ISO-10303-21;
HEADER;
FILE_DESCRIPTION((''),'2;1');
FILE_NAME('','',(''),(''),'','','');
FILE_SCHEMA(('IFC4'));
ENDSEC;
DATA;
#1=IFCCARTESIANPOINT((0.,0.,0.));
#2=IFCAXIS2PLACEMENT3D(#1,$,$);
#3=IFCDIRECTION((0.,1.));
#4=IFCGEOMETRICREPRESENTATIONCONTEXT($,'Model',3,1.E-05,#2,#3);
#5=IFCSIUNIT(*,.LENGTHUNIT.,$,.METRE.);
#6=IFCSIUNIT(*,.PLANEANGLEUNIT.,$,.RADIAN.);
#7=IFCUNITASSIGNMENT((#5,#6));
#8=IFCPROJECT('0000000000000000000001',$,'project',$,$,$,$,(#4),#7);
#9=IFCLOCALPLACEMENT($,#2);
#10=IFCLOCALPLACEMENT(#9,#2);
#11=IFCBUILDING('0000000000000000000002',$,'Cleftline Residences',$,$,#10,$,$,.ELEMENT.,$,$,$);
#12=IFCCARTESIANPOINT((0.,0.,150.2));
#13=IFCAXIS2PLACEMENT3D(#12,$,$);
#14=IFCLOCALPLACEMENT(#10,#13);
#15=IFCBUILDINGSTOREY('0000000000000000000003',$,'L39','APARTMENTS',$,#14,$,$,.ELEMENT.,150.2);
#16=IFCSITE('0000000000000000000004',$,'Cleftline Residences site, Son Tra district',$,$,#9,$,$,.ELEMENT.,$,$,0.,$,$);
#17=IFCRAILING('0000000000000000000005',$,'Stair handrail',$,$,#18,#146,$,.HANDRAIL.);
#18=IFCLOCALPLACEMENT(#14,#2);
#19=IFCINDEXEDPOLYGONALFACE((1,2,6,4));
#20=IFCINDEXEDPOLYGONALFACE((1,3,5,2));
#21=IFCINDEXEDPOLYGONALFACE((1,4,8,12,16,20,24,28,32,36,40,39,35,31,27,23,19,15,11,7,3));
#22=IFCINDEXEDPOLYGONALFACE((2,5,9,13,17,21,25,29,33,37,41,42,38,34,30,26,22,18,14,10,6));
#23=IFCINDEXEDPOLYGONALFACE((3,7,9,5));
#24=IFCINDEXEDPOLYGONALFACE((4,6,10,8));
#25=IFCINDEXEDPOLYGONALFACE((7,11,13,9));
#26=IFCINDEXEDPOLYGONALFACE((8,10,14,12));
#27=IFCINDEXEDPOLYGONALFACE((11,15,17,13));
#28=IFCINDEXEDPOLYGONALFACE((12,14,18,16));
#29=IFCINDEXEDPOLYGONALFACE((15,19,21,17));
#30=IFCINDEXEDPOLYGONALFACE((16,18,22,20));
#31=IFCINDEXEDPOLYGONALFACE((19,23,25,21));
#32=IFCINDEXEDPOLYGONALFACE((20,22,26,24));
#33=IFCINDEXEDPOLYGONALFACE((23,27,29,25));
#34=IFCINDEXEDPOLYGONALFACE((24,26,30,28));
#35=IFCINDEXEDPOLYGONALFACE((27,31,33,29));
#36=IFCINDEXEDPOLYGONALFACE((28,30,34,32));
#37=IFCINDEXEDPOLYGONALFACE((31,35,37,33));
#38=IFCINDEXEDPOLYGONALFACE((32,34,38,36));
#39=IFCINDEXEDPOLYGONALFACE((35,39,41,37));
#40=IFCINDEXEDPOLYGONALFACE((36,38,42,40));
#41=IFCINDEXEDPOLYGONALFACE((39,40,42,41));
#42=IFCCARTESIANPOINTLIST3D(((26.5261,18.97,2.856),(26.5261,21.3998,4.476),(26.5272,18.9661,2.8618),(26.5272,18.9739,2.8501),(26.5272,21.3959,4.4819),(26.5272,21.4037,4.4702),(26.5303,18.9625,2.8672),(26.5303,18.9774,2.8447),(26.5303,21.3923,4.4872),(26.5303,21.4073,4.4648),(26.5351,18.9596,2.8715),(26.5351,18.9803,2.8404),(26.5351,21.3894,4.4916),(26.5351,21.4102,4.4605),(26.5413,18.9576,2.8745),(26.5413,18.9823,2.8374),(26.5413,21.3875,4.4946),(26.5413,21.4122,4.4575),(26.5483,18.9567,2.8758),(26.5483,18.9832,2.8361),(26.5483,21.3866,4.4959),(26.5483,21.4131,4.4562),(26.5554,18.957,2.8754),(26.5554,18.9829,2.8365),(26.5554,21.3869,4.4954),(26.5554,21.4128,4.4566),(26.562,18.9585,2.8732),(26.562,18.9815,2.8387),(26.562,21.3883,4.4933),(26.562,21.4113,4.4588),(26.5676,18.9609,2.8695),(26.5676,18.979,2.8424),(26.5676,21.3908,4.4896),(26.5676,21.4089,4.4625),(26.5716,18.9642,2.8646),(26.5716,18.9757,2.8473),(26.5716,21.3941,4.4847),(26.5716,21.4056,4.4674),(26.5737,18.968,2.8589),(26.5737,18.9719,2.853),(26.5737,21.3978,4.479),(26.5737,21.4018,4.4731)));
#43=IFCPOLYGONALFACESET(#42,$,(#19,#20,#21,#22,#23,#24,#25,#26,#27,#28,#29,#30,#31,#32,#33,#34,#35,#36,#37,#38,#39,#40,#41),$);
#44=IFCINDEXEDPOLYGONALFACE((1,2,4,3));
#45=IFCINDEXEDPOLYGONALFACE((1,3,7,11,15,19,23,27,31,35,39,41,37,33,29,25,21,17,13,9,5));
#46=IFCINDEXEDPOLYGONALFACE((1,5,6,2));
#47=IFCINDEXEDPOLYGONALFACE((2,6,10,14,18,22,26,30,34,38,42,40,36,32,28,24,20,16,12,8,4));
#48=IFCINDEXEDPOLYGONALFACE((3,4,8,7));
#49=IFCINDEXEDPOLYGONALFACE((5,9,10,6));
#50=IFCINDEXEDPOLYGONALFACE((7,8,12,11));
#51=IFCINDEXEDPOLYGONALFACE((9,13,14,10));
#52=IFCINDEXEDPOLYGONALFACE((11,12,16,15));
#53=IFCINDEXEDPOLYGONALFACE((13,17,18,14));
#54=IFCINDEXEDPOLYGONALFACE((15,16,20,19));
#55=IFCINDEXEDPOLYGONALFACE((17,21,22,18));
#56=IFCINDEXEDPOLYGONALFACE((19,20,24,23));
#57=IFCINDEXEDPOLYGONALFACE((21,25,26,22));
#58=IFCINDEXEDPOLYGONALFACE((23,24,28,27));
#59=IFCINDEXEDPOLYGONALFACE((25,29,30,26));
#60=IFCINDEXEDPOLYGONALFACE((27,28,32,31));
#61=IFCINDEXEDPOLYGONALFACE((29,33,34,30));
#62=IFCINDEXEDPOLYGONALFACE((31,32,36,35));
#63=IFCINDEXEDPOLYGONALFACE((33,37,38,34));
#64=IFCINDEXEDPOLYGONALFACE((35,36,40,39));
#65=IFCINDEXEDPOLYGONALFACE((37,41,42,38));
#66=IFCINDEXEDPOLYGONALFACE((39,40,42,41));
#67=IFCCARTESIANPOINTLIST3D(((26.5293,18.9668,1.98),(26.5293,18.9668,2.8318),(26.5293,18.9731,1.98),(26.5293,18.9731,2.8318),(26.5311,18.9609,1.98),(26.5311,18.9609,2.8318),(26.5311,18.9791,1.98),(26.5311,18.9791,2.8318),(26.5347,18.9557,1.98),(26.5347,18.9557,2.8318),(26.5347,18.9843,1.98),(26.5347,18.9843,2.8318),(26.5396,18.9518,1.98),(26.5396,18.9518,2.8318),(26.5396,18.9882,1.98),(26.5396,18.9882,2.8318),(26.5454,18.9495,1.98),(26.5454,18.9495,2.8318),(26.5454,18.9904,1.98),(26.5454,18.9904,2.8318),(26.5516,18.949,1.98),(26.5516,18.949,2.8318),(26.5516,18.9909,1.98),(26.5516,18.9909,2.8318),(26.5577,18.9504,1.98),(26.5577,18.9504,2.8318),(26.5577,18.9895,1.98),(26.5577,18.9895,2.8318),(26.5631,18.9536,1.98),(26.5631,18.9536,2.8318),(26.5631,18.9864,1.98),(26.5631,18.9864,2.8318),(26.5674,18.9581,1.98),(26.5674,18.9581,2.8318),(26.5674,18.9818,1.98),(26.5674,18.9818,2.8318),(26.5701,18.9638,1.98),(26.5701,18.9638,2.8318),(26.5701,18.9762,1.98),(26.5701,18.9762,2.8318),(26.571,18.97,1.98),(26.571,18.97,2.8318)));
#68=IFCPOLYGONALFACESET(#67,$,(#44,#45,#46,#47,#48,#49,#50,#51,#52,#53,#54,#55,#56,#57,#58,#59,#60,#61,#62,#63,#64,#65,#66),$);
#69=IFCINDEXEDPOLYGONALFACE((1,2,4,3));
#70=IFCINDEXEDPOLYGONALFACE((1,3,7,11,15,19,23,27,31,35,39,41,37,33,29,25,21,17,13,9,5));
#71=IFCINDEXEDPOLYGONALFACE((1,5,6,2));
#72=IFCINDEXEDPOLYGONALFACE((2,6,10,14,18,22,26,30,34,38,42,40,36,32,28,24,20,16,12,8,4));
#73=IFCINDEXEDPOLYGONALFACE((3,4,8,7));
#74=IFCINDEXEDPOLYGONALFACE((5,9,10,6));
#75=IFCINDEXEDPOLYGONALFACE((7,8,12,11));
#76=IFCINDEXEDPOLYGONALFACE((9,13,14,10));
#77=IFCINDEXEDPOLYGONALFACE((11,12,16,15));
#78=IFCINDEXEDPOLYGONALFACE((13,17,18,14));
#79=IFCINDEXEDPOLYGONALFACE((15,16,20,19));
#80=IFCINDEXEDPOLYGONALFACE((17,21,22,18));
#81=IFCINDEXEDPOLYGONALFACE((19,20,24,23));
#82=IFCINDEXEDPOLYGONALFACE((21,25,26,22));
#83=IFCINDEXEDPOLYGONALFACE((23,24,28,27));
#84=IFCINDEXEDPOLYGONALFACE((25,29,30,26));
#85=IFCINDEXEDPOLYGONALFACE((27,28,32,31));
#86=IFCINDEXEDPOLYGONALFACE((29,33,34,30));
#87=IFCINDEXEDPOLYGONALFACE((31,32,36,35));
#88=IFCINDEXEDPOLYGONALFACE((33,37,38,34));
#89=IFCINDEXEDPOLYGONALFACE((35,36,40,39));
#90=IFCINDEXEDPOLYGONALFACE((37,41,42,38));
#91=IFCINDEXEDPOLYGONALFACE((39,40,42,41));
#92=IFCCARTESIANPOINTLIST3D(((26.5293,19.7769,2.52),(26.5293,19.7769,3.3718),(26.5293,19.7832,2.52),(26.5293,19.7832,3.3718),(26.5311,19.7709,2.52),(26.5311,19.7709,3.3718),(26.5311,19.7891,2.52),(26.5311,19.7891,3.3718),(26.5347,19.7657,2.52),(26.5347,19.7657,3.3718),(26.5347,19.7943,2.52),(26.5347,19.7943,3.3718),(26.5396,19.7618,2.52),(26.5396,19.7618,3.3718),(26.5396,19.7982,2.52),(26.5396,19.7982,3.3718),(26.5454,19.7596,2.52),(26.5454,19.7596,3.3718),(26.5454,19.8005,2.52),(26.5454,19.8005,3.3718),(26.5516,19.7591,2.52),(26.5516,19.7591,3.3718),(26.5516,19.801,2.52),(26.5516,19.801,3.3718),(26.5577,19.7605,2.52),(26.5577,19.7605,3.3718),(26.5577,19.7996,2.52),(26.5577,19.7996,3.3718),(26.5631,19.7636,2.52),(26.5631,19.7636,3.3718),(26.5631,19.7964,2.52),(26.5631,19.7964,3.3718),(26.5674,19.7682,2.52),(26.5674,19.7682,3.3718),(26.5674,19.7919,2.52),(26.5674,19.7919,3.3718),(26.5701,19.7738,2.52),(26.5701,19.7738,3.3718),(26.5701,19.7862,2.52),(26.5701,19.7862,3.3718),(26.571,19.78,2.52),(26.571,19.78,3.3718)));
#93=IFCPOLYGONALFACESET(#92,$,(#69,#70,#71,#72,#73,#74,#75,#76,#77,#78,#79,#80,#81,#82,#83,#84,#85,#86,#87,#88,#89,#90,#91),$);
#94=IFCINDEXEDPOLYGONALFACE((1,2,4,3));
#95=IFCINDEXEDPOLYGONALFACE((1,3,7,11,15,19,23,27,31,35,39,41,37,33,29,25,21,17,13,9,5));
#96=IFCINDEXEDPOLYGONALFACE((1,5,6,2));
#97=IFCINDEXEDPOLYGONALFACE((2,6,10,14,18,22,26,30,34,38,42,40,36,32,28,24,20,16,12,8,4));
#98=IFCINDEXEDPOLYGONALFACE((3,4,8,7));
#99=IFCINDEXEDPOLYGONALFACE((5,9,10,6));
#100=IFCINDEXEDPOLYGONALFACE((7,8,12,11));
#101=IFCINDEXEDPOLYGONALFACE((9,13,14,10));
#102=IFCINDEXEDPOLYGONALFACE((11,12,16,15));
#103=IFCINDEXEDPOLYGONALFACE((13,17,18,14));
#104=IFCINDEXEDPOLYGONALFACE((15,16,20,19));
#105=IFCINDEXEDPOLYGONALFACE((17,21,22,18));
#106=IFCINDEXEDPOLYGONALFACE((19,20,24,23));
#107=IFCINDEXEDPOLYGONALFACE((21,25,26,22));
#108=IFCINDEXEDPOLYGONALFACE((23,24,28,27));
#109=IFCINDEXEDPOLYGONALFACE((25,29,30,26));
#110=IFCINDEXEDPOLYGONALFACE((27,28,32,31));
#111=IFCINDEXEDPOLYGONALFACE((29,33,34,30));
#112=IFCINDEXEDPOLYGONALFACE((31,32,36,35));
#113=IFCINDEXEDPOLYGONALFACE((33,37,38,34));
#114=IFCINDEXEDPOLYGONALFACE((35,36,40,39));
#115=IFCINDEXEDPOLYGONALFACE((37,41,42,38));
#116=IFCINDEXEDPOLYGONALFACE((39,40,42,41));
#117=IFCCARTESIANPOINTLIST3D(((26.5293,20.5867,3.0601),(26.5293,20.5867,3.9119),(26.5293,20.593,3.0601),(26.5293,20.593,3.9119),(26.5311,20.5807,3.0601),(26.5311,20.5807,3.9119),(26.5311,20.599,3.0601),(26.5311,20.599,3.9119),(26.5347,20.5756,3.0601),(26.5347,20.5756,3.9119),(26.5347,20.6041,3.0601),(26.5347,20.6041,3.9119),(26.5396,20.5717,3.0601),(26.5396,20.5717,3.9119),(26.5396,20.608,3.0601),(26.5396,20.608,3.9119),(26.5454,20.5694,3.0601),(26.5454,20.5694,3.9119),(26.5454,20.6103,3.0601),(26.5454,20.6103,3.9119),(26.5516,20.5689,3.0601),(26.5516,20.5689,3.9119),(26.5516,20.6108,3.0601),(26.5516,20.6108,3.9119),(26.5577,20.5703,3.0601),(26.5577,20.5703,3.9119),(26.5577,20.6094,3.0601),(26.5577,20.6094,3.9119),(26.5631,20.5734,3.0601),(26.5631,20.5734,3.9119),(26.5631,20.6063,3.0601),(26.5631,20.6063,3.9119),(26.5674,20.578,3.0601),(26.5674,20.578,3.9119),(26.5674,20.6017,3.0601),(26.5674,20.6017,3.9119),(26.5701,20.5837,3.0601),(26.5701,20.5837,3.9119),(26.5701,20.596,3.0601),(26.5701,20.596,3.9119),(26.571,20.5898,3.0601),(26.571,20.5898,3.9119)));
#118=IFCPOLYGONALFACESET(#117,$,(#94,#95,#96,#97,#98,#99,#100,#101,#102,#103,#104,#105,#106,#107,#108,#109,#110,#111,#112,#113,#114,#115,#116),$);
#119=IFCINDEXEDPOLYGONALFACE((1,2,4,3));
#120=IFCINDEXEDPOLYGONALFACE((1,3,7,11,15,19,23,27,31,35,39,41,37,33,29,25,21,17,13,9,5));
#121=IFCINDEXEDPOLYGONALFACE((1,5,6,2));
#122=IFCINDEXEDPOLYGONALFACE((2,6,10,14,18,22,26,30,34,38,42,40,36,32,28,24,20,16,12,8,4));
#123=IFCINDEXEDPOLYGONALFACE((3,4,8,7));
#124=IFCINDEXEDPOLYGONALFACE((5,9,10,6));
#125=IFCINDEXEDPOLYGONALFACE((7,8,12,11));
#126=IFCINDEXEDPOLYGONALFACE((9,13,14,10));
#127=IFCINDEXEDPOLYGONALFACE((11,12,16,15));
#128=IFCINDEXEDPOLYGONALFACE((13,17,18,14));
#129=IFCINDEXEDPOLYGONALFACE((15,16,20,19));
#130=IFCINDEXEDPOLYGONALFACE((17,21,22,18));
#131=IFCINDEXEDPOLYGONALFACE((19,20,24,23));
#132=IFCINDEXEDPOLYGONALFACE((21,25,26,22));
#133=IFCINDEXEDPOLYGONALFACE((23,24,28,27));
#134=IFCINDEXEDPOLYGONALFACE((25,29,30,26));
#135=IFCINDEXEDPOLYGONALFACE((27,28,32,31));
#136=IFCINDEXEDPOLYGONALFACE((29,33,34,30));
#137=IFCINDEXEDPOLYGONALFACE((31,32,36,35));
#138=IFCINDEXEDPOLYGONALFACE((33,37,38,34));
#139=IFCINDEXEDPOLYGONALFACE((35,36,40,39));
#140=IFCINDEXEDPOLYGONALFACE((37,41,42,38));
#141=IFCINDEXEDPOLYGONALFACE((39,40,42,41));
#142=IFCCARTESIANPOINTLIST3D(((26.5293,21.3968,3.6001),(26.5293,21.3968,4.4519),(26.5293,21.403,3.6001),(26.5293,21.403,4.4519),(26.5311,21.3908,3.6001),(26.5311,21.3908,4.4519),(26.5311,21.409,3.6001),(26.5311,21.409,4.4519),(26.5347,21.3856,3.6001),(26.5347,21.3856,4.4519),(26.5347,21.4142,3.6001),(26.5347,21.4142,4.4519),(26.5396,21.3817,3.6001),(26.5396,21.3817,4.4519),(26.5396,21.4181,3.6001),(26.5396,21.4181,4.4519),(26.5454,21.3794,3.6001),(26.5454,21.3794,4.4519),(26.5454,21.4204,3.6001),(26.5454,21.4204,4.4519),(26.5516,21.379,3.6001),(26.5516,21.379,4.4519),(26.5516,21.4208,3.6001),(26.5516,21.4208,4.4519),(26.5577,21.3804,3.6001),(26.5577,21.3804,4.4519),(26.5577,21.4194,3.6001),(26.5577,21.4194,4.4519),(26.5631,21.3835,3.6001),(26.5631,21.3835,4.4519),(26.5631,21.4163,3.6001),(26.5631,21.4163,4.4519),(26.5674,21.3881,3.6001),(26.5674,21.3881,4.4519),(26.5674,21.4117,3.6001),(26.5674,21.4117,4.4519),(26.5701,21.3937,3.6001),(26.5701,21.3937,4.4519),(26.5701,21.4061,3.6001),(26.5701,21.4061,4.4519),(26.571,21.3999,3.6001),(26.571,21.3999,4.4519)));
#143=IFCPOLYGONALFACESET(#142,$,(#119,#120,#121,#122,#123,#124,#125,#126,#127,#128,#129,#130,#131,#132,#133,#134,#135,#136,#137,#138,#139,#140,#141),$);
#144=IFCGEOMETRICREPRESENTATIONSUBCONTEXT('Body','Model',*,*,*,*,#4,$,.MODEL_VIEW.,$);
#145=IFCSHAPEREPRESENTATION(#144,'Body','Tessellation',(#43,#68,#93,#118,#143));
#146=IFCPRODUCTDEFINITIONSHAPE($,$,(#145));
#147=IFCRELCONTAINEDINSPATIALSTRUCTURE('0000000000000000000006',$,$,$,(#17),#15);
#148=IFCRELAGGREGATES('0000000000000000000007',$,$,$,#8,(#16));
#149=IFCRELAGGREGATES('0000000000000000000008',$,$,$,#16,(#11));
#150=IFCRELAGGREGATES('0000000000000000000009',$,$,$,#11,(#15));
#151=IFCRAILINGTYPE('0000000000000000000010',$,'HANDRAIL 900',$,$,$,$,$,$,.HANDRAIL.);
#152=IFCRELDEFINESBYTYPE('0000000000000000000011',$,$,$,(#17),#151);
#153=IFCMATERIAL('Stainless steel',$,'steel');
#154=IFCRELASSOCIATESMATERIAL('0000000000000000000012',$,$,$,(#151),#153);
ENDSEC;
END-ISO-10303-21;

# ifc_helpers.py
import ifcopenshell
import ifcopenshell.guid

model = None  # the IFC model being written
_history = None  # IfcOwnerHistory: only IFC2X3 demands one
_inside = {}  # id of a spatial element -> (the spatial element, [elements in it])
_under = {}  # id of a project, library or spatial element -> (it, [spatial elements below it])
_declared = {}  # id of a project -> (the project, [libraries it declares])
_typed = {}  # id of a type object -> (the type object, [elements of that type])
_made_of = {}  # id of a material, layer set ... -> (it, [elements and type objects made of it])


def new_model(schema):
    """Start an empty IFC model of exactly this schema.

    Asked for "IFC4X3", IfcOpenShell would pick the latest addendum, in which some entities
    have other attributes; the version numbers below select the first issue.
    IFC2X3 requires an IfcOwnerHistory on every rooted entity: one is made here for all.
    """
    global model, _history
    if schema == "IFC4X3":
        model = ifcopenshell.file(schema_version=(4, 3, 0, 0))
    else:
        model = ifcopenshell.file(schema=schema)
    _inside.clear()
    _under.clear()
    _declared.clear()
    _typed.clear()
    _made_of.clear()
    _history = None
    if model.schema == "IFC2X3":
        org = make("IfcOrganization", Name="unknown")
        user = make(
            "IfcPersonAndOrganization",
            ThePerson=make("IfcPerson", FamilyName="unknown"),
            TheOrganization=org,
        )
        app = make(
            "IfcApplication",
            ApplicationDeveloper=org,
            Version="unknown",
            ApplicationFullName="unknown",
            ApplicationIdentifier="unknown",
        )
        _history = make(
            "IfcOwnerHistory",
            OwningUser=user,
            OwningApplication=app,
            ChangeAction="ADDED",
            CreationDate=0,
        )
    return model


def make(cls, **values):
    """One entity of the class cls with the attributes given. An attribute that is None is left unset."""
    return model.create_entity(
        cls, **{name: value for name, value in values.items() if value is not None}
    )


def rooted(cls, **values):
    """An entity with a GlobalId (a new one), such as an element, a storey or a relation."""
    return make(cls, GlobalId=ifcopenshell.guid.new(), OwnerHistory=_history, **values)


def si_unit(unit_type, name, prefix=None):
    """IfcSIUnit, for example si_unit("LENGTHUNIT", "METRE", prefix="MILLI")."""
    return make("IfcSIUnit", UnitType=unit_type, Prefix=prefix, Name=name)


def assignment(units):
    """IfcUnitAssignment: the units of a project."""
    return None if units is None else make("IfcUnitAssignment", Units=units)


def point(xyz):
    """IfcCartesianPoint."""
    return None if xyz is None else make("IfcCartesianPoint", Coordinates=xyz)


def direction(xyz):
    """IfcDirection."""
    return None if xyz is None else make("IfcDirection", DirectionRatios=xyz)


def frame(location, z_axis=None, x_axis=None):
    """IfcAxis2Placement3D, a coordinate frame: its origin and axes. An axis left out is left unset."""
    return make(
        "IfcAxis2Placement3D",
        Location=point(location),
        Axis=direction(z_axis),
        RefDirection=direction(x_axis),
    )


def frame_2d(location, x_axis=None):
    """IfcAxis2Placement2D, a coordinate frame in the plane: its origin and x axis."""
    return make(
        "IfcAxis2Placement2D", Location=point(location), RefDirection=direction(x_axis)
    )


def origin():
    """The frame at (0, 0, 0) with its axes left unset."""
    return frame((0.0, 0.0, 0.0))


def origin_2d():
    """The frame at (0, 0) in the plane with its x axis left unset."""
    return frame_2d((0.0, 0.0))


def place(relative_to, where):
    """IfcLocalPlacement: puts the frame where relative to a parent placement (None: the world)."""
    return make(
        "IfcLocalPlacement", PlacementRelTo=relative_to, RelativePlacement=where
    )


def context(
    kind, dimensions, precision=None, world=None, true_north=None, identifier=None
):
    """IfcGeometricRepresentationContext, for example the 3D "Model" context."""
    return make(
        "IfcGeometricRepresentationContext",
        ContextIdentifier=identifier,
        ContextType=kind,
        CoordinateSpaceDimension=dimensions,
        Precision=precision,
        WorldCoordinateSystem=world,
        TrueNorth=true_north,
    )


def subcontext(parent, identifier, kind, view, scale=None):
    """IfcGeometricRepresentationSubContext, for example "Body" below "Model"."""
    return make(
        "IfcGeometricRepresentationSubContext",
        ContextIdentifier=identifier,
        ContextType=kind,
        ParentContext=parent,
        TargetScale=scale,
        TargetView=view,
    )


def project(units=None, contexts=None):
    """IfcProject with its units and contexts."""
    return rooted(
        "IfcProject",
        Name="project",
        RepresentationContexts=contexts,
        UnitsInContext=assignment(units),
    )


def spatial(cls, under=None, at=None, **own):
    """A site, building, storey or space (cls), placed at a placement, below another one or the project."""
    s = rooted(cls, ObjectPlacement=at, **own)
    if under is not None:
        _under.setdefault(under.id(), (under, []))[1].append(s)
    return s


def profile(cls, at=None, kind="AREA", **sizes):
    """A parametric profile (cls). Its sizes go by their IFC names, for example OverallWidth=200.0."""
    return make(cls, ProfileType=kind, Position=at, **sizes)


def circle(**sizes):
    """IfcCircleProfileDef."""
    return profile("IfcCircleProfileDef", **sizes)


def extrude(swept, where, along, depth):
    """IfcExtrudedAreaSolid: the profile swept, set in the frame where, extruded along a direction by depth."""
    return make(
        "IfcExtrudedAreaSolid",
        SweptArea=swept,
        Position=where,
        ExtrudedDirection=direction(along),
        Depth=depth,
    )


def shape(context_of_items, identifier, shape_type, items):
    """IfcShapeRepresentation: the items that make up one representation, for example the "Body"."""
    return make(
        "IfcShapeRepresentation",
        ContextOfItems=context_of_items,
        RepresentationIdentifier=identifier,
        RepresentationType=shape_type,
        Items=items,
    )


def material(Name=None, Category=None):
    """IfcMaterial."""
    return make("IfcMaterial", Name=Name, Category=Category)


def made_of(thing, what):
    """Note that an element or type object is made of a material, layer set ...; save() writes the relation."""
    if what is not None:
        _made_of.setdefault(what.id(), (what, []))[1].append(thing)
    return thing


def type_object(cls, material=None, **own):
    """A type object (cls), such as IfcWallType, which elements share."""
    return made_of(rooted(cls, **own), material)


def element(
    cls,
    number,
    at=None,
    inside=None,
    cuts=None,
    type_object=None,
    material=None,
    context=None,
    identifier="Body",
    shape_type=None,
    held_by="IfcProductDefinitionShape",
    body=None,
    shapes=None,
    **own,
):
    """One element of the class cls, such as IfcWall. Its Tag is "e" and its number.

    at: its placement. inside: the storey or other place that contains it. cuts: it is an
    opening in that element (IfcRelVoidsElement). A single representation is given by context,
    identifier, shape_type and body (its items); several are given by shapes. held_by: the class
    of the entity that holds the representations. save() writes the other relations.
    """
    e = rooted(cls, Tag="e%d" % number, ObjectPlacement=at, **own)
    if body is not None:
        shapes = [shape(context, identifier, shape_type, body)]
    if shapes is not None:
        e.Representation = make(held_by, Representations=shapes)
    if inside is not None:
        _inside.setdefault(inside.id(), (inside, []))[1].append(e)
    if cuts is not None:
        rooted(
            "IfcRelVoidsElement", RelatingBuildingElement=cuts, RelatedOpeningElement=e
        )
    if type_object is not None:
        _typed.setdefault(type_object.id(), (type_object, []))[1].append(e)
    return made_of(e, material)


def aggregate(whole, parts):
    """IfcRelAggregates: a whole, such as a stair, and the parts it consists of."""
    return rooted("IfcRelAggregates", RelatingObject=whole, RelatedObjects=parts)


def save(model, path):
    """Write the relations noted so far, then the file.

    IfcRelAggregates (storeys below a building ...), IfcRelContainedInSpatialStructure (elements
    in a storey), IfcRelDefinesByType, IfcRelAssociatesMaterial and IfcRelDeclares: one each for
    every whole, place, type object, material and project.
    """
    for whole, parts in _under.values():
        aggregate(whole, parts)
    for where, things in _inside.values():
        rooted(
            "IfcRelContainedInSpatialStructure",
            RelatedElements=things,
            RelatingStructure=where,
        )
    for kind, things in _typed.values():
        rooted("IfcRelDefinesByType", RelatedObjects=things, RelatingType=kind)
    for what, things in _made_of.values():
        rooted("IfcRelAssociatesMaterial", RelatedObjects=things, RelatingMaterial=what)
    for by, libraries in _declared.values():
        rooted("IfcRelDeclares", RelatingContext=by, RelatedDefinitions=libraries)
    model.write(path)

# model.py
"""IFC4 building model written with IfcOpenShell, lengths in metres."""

from ifc_helpers import new_model, si_unit, direction, frame, origin, origin_2d, place, context, subcontext, project, spatial, circle, extrude, material, type_object, element, save


model = new_model("IFC4")

# Units and contexts
model_context = context("Model", 3, precision=1e-05, world=origin(), true_north=direction((0.0, 1.0)))
body_context = subcontext(model_context, "Body", "Model", "MODEL_VIEW")
ifc_project = project(units=[si_unit("LENGTHUNIT", "METRE"), si_unit("PLANEANGLEUNIT", "RADIAN")], contexts=[model_context])

# Site, building, storey
site_placement = place(None, origin())
site = spatial("IfcSite", under=ifc_project, at=site_placement, Name="Cleftline Residences site, Son Tra district", CompositionType="ELEMENT", RefElevation=0.0)
building_placement = place(site_placement, origin())
building = spatial("IfcBuilding", under=site, at=building_placement, Name="Cleftline Residences", CompositionType="ELEMENT")
storey_placement = place(building_placement, frame((0.0, 0.0, 150.2)))
storey = spatial("IfcBuildingStorey", under=building, at=storey_placement, Name="L39", Description="APARTMENTS", CompositionType="ELEMENT", Elevation=150.2)

# Railing
ifc_material_1 = material(Name="Stainless steel", Category="steel")
railing_type = type_object("IfcRailingType", Name="HANDRAIL 900", PredefinedType="HANDRAIL", material=ifc_material_1)
railing_1_placement = place(storey_placement, frame((26.55, 18.97, 1.98)))
element("IfcRailing", 1, at=railing_1_placement, inside=storey, type_object=railing_type, Name="Stair handrail", PredefinedType="HANDRAIL", context=body_context, shape_type="SweptSolid", body=[
    extrude(circle(Radius=0.0239, at=origin_2d()), frame((0.0, 0.0, 0.876), z_axis=(0.0, 0.832025, 0.554739), x_axis=(-1.0, 0.0, 0.0)), (0.0, 0.0, 1.0), 2.9204),
    extrude(circle(Radius=0.021, at=origin_2d()), origin(), (0.0, 0.0, 1.0), 0.8518),
    extrude(circle(Radius=0.021, at=origin_2d()), frame((0.0, 0.8101, 0.54)), (0.0, 0.0, 1.0), 0.8518),
    extrude(circle(Radius=0.021, at=origin_2d()), frame((0.0, 1.6199, 1.0801)), (0.0, 0.0, 1.0), 0.8518),
    extrude(circle(Radius=0.021, at=origin_2d()), frame((0.0, 2.4299, 1.6201)), (0.0, 0.0, 1.0), 0.8518),
])

save(model, "model.ifc")
